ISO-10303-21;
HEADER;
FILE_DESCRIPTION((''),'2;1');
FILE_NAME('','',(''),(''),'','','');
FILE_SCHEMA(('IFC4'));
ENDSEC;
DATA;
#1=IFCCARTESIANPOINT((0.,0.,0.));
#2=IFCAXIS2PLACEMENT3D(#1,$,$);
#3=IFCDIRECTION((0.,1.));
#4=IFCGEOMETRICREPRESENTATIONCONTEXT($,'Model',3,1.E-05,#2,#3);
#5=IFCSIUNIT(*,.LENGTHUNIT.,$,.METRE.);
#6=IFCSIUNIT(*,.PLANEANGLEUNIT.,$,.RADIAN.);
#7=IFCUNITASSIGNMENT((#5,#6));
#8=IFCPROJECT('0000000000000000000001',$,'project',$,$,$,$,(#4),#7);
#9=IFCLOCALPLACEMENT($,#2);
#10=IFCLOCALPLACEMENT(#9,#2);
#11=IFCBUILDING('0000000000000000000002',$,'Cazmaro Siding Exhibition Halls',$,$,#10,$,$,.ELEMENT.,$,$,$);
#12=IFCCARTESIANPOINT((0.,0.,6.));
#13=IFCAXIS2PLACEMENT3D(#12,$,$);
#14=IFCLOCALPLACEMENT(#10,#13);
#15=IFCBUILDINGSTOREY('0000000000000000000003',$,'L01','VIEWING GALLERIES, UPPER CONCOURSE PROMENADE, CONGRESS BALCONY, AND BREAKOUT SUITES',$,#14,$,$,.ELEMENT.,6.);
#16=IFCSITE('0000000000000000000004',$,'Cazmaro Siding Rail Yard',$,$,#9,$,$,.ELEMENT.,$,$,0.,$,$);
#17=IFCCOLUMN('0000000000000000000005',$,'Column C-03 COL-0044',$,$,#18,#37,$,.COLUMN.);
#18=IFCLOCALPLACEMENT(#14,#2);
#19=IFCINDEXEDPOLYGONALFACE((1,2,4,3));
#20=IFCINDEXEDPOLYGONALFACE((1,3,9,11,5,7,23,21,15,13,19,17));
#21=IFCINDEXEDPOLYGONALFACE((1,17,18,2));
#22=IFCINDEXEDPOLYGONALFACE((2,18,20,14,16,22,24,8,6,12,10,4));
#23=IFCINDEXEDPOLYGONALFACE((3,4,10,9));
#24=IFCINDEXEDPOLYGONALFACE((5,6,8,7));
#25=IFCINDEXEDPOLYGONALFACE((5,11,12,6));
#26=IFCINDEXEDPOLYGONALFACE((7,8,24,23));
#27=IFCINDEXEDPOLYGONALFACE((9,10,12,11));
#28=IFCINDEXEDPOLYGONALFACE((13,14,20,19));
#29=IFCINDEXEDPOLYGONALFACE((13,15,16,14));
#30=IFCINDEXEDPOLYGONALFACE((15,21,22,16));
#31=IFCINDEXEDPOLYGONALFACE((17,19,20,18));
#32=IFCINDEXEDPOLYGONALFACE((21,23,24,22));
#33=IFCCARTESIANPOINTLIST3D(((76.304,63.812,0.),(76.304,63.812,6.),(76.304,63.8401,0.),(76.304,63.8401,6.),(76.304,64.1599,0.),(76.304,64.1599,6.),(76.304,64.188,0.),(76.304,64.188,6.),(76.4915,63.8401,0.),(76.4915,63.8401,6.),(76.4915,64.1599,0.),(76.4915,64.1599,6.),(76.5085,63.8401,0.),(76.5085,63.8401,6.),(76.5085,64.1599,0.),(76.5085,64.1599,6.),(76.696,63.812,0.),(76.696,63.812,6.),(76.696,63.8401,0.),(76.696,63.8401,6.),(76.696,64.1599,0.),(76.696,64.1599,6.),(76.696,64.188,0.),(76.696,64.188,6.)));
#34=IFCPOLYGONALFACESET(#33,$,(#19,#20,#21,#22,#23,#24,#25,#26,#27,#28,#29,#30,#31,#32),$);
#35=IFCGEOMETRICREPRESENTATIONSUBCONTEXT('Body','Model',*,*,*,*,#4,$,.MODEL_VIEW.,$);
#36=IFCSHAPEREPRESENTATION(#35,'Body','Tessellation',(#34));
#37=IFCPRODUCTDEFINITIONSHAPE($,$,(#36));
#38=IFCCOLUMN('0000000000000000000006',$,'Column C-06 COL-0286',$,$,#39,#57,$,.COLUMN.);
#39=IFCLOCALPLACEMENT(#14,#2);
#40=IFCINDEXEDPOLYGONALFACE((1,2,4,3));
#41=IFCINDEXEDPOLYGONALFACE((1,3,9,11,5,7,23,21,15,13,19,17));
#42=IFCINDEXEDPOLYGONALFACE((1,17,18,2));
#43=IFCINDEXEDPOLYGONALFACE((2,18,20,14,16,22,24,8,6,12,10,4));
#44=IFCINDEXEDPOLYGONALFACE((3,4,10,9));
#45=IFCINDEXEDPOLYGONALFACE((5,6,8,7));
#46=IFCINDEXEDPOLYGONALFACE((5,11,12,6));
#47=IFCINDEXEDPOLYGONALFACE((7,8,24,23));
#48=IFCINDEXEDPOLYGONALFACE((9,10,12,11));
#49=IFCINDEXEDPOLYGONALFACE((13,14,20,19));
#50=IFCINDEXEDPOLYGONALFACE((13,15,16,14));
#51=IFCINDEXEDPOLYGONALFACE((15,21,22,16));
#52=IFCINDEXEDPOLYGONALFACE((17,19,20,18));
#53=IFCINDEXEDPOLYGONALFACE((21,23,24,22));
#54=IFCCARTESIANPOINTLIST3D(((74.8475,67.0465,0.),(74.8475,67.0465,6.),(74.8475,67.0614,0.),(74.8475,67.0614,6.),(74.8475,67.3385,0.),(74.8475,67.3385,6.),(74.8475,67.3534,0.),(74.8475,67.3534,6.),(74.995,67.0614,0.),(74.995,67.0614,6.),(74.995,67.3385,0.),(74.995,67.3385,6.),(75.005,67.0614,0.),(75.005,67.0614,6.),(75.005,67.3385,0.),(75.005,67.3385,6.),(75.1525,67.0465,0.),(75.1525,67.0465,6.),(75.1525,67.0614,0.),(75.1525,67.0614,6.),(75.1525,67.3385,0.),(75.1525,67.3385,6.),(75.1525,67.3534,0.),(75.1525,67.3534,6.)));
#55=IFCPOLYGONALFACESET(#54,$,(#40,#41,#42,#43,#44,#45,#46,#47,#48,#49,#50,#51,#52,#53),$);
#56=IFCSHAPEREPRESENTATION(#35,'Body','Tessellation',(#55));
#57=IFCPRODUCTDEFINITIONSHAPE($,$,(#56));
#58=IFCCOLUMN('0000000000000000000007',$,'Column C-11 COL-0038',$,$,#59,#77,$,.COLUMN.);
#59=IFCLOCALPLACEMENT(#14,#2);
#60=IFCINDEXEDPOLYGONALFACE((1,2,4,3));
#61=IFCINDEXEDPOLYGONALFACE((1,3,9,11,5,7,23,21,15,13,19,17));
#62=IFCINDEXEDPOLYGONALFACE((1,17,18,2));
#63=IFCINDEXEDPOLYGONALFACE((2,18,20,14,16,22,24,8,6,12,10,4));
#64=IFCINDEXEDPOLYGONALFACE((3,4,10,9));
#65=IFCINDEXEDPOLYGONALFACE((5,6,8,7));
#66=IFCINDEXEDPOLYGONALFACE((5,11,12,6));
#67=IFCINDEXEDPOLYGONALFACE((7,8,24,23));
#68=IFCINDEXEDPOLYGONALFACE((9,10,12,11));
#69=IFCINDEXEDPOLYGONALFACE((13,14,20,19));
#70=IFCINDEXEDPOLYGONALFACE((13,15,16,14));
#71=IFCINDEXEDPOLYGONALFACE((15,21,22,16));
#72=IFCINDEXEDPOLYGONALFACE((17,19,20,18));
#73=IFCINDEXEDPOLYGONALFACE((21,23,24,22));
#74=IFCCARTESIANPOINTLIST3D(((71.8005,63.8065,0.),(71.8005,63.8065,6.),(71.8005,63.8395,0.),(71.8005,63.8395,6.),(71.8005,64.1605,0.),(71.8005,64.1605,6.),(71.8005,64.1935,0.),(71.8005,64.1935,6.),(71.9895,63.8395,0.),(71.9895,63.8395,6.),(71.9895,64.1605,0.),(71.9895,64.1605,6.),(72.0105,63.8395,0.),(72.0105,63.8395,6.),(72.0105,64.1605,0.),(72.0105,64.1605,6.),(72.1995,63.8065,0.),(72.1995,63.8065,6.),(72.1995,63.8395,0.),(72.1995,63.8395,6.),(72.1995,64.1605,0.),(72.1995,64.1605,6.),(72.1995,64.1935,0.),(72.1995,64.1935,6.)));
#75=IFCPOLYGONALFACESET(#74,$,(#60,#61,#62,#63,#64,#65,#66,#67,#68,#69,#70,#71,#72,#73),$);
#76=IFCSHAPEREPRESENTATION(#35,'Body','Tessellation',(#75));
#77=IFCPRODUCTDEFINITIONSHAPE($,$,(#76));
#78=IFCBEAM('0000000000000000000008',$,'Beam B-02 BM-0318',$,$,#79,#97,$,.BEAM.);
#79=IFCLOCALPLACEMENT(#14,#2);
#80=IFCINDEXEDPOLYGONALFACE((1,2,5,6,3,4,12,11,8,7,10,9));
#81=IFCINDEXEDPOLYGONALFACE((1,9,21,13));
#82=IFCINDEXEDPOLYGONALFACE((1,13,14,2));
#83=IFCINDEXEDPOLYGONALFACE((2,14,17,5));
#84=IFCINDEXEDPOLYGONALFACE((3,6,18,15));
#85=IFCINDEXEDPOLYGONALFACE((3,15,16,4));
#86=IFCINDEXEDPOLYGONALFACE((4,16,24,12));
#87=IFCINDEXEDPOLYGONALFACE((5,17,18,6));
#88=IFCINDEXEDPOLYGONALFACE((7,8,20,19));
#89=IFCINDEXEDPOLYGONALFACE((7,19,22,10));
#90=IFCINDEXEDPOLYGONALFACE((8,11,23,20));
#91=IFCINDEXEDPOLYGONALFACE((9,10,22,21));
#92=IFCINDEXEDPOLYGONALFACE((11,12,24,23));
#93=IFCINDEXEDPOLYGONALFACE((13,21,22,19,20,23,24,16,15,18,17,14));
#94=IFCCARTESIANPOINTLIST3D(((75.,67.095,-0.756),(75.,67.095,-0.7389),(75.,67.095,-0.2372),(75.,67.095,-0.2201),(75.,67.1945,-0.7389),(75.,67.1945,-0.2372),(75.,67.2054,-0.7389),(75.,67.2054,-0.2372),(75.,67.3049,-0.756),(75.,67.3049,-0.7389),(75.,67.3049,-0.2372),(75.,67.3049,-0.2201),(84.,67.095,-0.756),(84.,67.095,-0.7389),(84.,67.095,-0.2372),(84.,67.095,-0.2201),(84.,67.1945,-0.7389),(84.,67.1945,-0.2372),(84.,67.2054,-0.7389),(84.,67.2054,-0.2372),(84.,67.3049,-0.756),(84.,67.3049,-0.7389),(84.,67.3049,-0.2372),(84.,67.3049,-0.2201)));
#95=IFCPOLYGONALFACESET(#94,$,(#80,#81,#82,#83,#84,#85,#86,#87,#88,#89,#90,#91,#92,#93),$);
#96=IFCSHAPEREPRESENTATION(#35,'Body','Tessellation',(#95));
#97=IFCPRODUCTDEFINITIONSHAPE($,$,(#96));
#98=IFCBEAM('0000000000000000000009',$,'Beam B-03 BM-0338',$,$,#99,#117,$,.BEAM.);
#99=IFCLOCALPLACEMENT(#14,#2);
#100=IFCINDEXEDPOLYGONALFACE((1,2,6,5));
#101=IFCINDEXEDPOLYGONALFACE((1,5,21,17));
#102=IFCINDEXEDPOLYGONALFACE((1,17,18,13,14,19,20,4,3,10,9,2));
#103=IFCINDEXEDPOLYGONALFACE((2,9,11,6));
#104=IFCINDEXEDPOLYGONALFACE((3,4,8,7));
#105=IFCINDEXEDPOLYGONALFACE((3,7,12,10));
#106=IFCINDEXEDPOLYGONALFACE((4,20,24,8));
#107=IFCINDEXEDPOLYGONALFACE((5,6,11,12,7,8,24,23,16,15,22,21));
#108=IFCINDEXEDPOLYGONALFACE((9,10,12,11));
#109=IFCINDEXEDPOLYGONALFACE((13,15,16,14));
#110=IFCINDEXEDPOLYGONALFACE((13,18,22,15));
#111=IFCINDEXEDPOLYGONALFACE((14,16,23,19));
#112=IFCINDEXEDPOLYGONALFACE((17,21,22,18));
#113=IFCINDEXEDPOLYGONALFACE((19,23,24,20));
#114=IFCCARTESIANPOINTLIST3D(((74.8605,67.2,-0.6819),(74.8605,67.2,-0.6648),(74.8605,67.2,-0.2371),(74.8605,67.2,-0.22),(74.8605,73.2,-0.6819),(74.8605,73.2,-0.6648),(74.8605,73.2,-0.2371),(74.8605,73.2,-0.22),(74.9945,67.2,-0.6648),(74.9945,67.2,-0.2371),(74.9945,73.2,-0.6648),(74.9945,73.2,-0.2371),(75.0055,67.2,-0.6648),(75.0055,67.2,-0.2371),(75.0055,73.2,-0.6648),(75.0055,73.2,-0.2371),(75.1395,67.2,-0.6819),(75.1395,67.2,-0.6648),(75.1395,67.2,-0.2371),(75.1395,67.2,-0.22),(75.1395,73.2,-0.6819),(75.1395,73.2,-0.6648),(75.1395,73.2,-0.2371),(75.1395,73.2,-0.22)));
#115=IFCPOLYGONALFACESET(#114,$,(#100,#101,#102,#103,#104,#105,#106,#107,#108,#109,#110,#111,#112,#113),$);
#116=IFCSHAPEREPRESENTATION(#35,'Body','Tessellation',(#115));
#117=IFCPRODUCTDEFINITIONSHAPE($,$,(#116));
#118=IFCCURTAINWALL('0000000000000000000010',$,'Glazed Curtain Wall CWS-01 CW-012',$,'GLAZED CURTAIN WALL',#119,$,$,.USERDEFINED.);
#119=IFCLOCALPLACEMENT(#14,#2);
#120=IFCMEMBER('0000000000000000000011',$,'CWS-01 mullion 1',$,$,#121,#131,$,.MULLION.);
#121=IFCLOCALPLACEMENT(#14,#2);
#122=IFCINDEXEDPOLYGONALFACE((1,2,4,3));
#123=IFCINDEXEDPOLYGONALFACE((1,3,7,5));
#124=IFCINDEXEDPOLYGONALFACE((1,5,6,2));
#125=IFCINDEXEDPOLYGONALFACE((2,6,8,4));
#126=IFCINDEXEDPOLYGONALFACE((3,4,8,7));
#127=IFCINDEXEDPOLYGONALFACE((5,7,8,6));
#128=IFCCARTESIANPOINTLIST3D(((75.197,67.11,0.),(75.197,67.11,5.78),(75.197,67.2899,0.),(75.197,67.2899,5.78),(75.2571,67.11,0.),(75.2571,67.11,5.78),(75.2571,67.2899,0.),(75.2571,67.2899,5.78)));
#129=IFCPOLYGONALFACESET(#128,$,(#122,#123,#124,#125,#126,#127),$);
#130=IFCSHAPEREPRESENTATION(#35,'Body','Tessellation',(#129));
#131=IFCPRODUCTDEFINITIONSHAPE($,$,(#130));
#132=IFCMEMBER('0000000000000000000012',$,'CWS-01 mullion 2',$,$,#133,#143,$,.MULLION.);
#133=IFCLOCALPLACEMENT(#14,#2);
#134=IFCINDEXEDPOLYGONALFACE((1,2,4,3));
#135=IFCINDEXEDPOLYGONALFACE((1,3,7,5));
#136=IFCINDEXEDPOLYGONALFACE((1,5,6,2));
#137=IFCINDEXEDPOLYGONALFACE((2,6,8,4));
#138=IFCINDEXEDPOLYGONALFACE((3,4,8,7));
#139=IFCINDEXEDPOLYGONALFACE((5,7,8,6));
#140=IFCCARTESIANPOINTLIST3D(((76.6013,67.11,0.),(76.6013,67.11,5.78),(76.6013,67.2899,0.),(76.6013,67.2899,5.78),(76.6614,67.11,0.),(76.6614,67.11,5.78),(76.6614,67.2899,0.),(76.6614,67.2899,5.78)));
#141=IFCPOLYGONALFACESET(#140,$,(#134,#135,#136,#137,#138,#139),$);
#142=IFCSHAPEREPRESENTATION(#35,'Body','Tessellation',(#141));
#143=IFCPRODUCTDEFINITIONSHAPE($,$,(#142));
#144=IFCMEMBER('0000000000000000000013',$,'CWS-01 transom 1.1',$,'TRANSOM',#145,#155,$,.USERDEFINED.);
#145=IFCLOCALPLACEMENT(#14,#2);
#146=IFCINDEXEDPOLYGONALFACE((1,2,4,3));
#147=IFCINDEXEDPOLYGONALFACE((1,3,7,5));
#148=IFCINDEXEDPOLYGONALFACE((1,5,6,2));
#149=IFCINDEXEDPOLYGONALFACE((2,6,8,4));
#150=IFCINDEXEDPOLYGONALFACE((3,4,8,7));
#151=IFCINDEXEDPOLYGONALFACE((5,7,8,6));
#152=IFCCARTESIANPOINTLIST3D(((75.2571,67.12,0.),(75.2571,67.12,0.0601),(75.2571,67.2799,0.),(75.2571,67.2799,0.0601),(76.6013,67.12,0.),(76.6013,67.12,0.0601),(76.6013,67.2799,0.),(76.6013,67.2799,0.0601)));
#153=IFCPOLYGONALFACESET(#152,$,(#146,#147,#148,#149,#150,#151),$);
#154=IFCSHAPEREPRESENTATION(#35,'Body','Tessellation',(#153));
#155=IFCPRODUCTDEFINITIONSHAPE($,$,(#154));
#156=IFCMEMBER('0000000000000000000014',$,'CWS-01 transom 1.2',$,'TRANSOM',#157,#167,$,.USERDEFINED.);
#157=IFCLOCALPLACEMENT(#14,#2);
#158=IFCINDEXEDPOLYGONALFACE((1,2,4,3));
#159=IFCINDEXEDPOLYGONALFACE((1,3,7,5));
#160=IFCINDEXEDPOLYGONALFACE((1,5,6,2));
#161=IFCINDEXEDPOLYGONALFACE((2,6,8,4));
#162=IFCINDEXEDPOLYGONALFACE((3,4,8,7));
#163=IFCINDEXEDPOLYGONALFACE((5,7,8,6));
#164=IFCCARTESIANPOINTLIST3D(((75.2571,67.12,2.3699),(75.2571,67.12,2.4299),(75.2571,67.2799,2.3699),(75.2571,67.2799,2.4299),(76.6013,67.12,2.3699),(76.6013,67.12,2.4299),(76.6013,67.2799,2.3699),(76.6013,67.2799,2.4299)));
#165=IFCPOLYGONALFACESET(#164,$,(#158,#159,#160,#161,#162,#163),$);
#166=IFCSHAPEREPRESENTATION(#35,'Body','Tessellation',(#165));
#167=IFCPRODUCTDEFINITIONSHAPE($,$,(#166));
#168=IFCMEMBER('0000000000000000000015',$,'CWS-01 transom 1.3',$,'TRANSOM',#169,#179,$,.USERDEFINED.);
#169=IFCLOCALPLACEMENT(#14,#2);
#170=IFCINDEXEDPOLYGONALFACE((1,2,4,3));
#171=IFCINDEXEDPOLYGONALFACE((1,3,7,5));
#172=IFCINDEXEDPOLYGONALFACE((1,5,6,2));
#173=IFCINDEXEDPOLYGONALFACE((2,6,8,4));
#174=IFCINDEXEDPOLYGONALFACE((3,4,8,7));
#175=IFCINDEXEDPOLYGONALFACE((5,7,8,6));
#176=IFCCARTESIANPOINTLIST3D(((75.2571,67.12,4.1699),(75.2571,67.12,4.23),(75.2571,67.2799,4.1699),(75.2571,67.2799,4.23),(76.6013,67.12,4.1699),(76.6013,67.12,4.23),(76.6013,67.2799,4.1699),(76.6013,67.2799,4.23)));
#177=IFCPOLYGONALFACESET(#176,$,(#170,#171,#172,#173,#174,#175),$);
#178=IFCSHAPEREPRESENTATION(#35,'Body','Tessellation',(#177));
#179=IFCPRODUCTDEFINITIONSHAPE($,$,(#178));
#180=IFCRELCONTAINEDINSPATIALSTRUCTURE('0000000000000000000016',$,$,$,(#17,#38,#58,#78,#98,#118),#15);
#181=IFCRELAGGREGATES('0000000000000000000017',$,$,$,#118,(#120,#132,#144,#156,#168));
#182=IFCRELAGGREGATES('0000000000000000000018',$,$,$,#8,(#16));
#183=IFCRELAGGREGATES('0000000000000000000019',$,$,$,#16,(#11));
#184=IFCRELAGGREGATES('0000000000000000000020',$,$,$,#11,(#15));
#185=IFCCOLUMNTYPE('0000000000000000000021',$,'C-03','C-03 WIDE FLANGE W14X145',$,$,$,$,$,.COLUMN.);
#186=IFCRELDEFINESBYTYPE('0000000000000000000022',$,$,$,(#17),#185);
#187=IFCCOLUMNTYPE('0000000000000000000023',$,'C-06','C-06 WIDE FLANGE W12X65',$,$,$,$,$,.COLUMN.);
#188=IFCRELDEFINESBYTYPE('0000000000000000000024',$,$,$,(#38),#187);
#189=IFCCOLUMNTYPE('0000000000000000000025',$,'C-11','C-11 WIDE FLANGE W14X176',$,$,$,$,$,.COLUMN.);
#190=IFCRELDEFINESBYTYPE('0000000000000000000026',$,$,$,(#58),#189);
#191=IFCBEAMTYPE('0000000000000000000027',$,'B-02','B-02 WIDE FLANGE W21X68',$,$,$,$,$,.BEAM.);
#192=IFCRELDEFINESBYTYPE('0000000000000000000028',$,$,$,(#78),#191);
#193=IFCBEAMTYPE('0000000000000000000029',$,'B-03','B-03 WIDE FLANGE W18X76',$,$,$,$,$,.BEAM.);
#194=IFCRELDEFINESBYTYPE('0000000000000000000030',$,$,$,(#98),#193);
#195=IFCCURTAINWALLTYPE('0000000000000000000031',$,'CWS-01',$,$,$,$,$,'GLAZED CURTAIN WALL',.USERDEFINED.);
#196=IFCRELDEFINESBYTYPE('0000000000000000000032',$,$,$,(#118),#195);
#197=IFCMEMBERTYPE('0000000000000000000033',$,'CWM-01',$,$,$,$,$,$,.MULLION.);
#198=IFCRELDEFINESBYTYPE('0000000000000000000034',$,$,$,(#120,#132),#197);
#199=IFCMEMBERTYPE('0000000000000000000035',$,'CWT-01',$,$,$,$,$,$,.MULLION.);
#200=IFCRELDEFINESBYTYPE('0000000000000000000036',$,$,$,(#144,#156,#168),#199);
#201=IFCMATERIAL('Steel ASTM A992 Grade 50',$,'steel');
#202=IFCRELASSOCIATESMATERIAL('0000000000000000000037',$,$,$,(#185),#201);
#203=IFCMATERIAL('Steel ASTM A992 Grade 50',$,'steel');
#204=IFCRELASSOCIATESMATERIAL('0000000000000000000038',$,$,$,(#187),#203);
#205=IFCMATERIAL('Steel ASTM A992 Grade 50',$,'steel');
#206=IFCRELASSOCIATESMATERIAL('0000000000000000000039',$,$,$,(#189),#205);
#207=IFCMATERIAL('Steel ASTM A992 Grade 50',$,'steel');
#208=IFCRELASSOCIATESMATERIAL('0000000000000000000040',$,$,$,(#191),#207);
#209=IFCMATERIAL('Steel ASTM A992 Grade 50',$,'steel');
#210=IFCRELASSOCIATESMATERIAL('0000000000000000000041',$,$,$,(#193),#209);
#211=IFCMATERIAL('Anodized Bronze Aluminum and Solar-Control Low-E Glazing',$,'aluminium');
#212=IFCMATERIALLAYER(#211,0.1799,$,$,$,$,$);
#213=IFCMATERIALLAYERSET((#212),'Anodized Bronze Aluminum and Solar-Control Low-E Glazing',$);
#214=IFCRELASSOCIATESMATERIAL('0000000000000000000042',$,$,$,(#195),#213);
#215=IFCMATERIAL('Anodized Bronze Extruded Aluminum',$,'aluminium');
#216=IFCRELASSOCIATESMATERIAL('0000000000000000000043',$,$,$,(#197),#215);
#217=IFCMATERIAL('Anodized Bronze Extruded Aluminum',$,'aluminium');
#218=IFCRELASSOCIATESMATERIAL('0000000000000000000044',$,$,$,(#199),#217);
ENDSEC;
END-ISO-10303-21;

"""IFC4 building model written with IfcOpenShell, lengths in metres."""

from ifc_helpers import new_model, si_unit, direction, frame, origin, origin_2d, place, context, subcontext, project, spatial, rectangle, i_section, extrude, material, layer, layer_set, material_profile, profile_set, type_object, element, aggregate, save


model = new_model("IFC4")

# Units and contexts
model_context = context("Model", 3, precision=1e-05, world=origin(), true_north=direction((0.0, 1.0)))
body_context = subcontext(model_context, "Body", "Model", "MODEL_VIEW")
ifc_project = project(units=[si_unit("LENGTHUNIT", "METRE"), si_unit("PLANEANGLEUNIT", "RADIAN")], contexts=[model_context])

# Site, building, storey
site_placement = place(None, origin())
site = spatial("IfcSite", under=ifc_project, at=site_placement, Name="Cazmaro Siding Rail Yard", CompositionType="ELEMENT", RefElevation=0.0)
building_placement = place(site_placement, origin())
building = spatial("IfcBuilding", under=site, at=building_placement, Name="Cazmaro Siding Exhibition Halls", CompositionType="ELEMENT")
storey_placement = place(building_placement, frame((0.0, 0.0, 6.0)))
storey = spatial("IfcBuildingStorey", under=building, at=storey_placement, Name="L01", Description="VIEWING GALLERIES, UPPER CONCOURSE PROMENADE, CONGRESS BALCONY, AND BREAKOUT SUITES", CompositionType="ELEMENT", Elevation=6.0)

# Columns
ifc_material_1 = material(Name="Steel ASTM A992 Grade 50", Category="steel")
ifc_material_profile_1 = material_profile(ifc_material_1, i_section(OverallWidth=0.3921, OverallDepth=0.376, WebThickness=0.0171, FlangeThickness=0.0281, at=origin_2d()), Name="W14X145")
ifc_profile_set_1 = profile_set([ifc_material_profile_1], Name="Steel ASTM A992 Grade 50")
column_type_1 = type_object("IfcColumnType", Name="C-03", Description="C-03 WIDE FLANGE W14X145", PredefinedType="COLUMN", material=ifc_profile_set_1)
column_1_placement = place(storey_placement, frame((76.5, 64.0, 0.0), z_axis=(0.0, 0.0, 1.0), x_axis=(1.0, 0.0, 0.0)))
element("IfcColumn", 1, at=column_1_placement, inside=storey, type_object=column_type_1, Name="Column C-03 COL-0044", PredefinedType="COLUMN", context=body_context, shape_type="SweptSolid", body=[
    extrude(i_section(OverallWidth=0.3921, OverallDepth=0.376, WebThickness=0.0171, FlangeThickness=0.0281, at=origin_2d()), origin(), (0.0, 0.0, 1.0), 6.0),
])
ifc_material_2 = material(Name="Steel ASTM A992 Grade 50", Category="steel")
ifc_material_profile_2 = material_profile(ifc_material_2, i_section(OverallWidth=0.3049, OverallDepth=0.3069, WebThickness=0.01, FlangeThickness=0.0149, at=origin_2d()), Name="W12X65")
ifc_profile_set_2 = profile_set([ifc_material_profile_2], Name="Steel ASTM A992 Grade 50")
column_type_2 = type_object("IfcColumnType", Name="C-06", Description="C-06 WIDE FLANGE W12X65", PredefinedType="COLUMN", material=ifc_profile_set_2)
column_2_placement = place(storey_placement, frame((75.0, 67.2, 0.0), z_axis=(0.0, 0.0, 1.0), x_axis=(1.0, 0.0, 0.0)))
element("IfcColumn", 2, at=column_2_placement, inside=storey, type_object=column_type_2, Name="Column C-06 COL-0286", PredefinedType="COLUMN", context=body_context, shape_type="SweptSolid", body=[
    extrude(i_section(OverallWidth=0.3049, OverallDepth=0.3069, WebThickness=0.01, FlangeThickness=0.0149, at=origin_2d()), origin(), (0.0, 0.0, 1.0), 6.0),
])
ifc_material_3 = material(Name="Steel ASTM A992 Grade 50", Category="steel")
ifc_material_profile_3 = material_profile(ifc_material_3, i_section(OverallWidth=0.3989, OverallDepth=0.387, WebThickness=0.021, FlangeThickness=0.033, at=origin_2d()), Name="W14X176")
ifc_profile_set_3 = profile_set([ifc_material_profile_3], Name="Steel ASTM A992 Grade 50")
column_type_3 = type_object("IfcColumnType", Name="C-11", Description="C-11 WIDE FLANGE W14X176", PredefinedType="COLUMN", material=ifc_profile_set_3)
column_3_placement = place(storey_placement, frame((72.0, 64.0, 0.0), z_axis=(0.0, 0.0, 1.0), x_axis=(1.0, 0.0, 0.0)))
element("IfcColumn", 3, at=column_3_placement, inside=storey, type_object=column_type_3, Name="Column C-11 COL-0038", PredefinedType="COLUMN", context=body_context, shape_type="SweptSolid", body=[
    extrude(i_section(OverallWidth=0.3989, OverallDepth=0.387, WebThickness=0.021, FlangeThickness=0.033, at=origin_2d()), origin(), (0.0, 0.0, 1.0), 6.0),
])

# Beams
ifc_material_4 = material(Name="Steel ASTM A992 Grade 50", Category="steel")
ifc_material_profile_4 = material_profile(ifc_material_4, i_section(OverallWidth=0.21, OverallDepth=0.5359, WebThickness=0.011, FlangeThickness=0.0171, at=origin_2d()), Name="W21X68")
ifc_profile_set_4 = profile_set([ifc_material_profile_4], Name="Steel ASTM A992 Grade 50")
beam_type_1 = type_object("IfcBeamType", Name="B-02", Description="B-02 WIDE FLANGE W21X68", PredefinedType="BEAM", material=ifc_profile_set_4)
beam_1_placement = place(storey_placement, frame((75.0, 67.2, -0.488), z_axis=(1.0, 0.0, 0.0), x_axis=(0.0, 1.0, 0.0)))
element("IfcBeam", 4, at=beam_1_placement, inside=storey, type_object=beam_type_1, Name="Beam B-02 BM-0318", PredefinedType="BEAM", context=body_context, shape_type="SweptSolid", body=[
    extrude(i_section(OverallWidth=0.21, OverallDepth=0.5359, WebThickness=0.011, FlangeThickness=0.0171, at=origin_2d()), origin(), (0.0, 0.0, 1.0), 9.0),
])
ifc_material_5 = material(Name="Steel ASTM A992 Grade 50", Category="steel")
ifc_material_profile_5 = material_profile(ifc_material_5, i_section(OverallWidth=0.2791, OverallDepth=0.4619, WebThickness=0.011, FlangeThickness=0.0171, at=origin_2d()), Name="W18X76")
ifc_profile_set_5 = profile_set([ifc_material_profile_5], Name="Steel ASTM A992 Grade 50")
beam_type_2 = type_object("IfcBeamType", Name="B-03", Description="B-03 WIDE FLANGE W18X76", PredefinedType="BEAM", material=ifc_profile_set_5)
beam_2_placement = place(storey_placement, frame((75.0, 67.2, -0.4509), z_axis=(0.0, 1.0, 0.0), x_axis=(-1.0, 0.0, 0.0)))
element("IfcBeam", 5, at=beam_2_placement, inside=storey, type_object=beam_type_2, Name="Beam B-03 BM-0338", PredefinedType="BEAM", context=body_context, shape_type="SweptSolid", body=[
    extrude(i_section(OverallWidth=0.2791, OverallDepth=0.4619, WebThickness=0.011, FlangeThickness=0.0171, at=origin_2d()), origin(), (0.0, 0.0, 1.0), 6.0),
])

# Curtain wall, members
ifc_material_6 = material(Name="Anodized Bronze Aluminum and Solar-Control Low-E Glazing", Category="aluminium")
ifc_layer_1 = layer(ifc_material_6, 0.1799)
ifc_layer_set_1 = layer_set([ifc_layer_1], Name="Anodized Bronze Aluminum and Solar-Control Low-E Glazing")
curtain_wall_type = type_object("IfcCurtainWallType", Name="CWS-01", ElementType="GLAZED CURTAIN WALL", PredefinedType="USERDEFINED", material=ifc_layer_set_1)
curtain_wall_placement = place(storey_placement, origin())
curtain_wall = element("IfcCurtainWall", 6, at=curtain_wall_placement, inside=storey, type_object=curtain_wall_type, Name="Glazed Curtain Wall CWS-01 CW-012", ObjectType="GLAZED CURTAIN WALL", PredefinedType="USERDEFINED")
ifc_material_7 = material(Name="Anodized Bronze Extruded Aluminum", Category="aluminium")
ifc_material_profile_6 = material_profile(ifc_material_7, rectangle(XDim=0.1799, YDim=0.0601, at=origin_2d()), Name="CWM-01")
ifc_profile_set_6 = profile_set([ifc_material_profile_6], Name="Anodized Bronze Extruded Aluminum")
member_type_1 = type_object("IfcMemberType", Name="CWM-01", PredefinedType="MULLION", material=ifc_profile_set_6)
member_1_placement = place(storey_placement, frame((75.2271, 67.2, 0.0), z_axis=(0.0, 0.0, 1.0), x_axis=(0.0, 1.0, 0.0)))
member_1 = element("IfcMember", 7, at=member_1_placement, type_object=member_type_1, Name="CWS-01 mullion 1", PredefinedType="MULLION", context=body_context, shape_type="SweptSolid", body=[
    extrude(rectangle(XDim=0.1799, YDim=0.0601, at=origin_2d()), origin(), (0.0, 0.0, 1.0), 5.78),
])
member_2_placement = place(storey_placement, frame((76.6313, 67.2, 0.0), z_axis=(0.0, 0.0, 1.0), x_axis=(0.0, 1.0, 0.0)))
member_2 = element("IfcMember", 8, at=member_2_placement, type_object=member_type_1, Name="CWS-01 mullion 2", PredefinedType="MULLION", context=body_context, shape_type="SweptSolid", body=[
    extrude(rectangle(XDim=0.1799, YDim=0.0601, at=origin_2d()), origin(), (0.0, 0.0, 1.0), 5.78),
])
ifc_material_8 = material(Name="Anodized Bronze Extruded Aluminum", Category="aluminium")
ifc_material_profile_7 = material_profile(ifc_material_8, rectangle(XDim=0.1599, YDim=0.0601, at=origin_2d()), Name="CWT-01")
ifc_profile_set_7 = profile_set([ifc_material_profile_7], Name="Anodized Bronze Extruded Aluminum")
member_type_2 = type_object("IfcMemberType", Name="CWT-01", PredefinedType="MULLION", material=ifc_profile_set_7)
member_3_placement = place(storey_placement, frame((75.2571, 67.2, 0.03), z_axis=(1.0, 0.0, 0.0), x_axis=(0.0, 1.0, 0.0)))
member_3 = element("IfcMember", 9, at=member_3_placement, type_object=member_type_2, Name="CWS-01 transom 1.1", ObjectType="TRANSOM", PredefinedType="USERDEFINED", context=body_context, shape_type="SweptSolid", body=[
    extrude(rectangle(XDim=0.1599, YDim=0.0601, at=origin_2d()), origin(), (0.0, 0.0, 1.0), 1.3442),
])
member_4_placement = place(storey_placement, frame((75.2571, 67.2, 2.3999), z_axis=(1.0, 0.0, 0.0), x_axis=(0.0, 1.0, 0.0)))
member_4 = element("IfcMember", 10, at=member_4_placement, type_object=member_type_2, Name="CWS-01 transom 1.2", ObjectType="TRANSOM", PredefinedType="USERDEFINED", context=body_context, shape_type="SweptSolid", body=[
    extrude(rectangle(XDim=0.1599, YDim=0.0601, at=origin_2d()), origin(), (0.0, 0.0, 1.0), 1.3442),
])
member_5_placement = place(storey_placement, frame((75.2571, 67.2, 4.2), z_axis=(1.0, 0.0, 0.0), x_axis=(0.0, 1.0, 0.0)))
member_5 = element("IfcMember", 11, at=member_5_placement, type_object=member_type_2, Name="CWS-01 transom 1.3", ObjectType="TRANSOM", PredefinedType="USERDEFINED", context=body_context, shape_type="SweptSolid", body=[
    extrude(rectangle(XDim=0.1599, YDim=0.0601, at=origin_2d()), origin(), (0.0, 0.0, 1.0), 1.3442),
])

aggregate(curtain_wall, [member_1, member_2, member_3, member_4, member_5])

save(model, "model.ifc")
